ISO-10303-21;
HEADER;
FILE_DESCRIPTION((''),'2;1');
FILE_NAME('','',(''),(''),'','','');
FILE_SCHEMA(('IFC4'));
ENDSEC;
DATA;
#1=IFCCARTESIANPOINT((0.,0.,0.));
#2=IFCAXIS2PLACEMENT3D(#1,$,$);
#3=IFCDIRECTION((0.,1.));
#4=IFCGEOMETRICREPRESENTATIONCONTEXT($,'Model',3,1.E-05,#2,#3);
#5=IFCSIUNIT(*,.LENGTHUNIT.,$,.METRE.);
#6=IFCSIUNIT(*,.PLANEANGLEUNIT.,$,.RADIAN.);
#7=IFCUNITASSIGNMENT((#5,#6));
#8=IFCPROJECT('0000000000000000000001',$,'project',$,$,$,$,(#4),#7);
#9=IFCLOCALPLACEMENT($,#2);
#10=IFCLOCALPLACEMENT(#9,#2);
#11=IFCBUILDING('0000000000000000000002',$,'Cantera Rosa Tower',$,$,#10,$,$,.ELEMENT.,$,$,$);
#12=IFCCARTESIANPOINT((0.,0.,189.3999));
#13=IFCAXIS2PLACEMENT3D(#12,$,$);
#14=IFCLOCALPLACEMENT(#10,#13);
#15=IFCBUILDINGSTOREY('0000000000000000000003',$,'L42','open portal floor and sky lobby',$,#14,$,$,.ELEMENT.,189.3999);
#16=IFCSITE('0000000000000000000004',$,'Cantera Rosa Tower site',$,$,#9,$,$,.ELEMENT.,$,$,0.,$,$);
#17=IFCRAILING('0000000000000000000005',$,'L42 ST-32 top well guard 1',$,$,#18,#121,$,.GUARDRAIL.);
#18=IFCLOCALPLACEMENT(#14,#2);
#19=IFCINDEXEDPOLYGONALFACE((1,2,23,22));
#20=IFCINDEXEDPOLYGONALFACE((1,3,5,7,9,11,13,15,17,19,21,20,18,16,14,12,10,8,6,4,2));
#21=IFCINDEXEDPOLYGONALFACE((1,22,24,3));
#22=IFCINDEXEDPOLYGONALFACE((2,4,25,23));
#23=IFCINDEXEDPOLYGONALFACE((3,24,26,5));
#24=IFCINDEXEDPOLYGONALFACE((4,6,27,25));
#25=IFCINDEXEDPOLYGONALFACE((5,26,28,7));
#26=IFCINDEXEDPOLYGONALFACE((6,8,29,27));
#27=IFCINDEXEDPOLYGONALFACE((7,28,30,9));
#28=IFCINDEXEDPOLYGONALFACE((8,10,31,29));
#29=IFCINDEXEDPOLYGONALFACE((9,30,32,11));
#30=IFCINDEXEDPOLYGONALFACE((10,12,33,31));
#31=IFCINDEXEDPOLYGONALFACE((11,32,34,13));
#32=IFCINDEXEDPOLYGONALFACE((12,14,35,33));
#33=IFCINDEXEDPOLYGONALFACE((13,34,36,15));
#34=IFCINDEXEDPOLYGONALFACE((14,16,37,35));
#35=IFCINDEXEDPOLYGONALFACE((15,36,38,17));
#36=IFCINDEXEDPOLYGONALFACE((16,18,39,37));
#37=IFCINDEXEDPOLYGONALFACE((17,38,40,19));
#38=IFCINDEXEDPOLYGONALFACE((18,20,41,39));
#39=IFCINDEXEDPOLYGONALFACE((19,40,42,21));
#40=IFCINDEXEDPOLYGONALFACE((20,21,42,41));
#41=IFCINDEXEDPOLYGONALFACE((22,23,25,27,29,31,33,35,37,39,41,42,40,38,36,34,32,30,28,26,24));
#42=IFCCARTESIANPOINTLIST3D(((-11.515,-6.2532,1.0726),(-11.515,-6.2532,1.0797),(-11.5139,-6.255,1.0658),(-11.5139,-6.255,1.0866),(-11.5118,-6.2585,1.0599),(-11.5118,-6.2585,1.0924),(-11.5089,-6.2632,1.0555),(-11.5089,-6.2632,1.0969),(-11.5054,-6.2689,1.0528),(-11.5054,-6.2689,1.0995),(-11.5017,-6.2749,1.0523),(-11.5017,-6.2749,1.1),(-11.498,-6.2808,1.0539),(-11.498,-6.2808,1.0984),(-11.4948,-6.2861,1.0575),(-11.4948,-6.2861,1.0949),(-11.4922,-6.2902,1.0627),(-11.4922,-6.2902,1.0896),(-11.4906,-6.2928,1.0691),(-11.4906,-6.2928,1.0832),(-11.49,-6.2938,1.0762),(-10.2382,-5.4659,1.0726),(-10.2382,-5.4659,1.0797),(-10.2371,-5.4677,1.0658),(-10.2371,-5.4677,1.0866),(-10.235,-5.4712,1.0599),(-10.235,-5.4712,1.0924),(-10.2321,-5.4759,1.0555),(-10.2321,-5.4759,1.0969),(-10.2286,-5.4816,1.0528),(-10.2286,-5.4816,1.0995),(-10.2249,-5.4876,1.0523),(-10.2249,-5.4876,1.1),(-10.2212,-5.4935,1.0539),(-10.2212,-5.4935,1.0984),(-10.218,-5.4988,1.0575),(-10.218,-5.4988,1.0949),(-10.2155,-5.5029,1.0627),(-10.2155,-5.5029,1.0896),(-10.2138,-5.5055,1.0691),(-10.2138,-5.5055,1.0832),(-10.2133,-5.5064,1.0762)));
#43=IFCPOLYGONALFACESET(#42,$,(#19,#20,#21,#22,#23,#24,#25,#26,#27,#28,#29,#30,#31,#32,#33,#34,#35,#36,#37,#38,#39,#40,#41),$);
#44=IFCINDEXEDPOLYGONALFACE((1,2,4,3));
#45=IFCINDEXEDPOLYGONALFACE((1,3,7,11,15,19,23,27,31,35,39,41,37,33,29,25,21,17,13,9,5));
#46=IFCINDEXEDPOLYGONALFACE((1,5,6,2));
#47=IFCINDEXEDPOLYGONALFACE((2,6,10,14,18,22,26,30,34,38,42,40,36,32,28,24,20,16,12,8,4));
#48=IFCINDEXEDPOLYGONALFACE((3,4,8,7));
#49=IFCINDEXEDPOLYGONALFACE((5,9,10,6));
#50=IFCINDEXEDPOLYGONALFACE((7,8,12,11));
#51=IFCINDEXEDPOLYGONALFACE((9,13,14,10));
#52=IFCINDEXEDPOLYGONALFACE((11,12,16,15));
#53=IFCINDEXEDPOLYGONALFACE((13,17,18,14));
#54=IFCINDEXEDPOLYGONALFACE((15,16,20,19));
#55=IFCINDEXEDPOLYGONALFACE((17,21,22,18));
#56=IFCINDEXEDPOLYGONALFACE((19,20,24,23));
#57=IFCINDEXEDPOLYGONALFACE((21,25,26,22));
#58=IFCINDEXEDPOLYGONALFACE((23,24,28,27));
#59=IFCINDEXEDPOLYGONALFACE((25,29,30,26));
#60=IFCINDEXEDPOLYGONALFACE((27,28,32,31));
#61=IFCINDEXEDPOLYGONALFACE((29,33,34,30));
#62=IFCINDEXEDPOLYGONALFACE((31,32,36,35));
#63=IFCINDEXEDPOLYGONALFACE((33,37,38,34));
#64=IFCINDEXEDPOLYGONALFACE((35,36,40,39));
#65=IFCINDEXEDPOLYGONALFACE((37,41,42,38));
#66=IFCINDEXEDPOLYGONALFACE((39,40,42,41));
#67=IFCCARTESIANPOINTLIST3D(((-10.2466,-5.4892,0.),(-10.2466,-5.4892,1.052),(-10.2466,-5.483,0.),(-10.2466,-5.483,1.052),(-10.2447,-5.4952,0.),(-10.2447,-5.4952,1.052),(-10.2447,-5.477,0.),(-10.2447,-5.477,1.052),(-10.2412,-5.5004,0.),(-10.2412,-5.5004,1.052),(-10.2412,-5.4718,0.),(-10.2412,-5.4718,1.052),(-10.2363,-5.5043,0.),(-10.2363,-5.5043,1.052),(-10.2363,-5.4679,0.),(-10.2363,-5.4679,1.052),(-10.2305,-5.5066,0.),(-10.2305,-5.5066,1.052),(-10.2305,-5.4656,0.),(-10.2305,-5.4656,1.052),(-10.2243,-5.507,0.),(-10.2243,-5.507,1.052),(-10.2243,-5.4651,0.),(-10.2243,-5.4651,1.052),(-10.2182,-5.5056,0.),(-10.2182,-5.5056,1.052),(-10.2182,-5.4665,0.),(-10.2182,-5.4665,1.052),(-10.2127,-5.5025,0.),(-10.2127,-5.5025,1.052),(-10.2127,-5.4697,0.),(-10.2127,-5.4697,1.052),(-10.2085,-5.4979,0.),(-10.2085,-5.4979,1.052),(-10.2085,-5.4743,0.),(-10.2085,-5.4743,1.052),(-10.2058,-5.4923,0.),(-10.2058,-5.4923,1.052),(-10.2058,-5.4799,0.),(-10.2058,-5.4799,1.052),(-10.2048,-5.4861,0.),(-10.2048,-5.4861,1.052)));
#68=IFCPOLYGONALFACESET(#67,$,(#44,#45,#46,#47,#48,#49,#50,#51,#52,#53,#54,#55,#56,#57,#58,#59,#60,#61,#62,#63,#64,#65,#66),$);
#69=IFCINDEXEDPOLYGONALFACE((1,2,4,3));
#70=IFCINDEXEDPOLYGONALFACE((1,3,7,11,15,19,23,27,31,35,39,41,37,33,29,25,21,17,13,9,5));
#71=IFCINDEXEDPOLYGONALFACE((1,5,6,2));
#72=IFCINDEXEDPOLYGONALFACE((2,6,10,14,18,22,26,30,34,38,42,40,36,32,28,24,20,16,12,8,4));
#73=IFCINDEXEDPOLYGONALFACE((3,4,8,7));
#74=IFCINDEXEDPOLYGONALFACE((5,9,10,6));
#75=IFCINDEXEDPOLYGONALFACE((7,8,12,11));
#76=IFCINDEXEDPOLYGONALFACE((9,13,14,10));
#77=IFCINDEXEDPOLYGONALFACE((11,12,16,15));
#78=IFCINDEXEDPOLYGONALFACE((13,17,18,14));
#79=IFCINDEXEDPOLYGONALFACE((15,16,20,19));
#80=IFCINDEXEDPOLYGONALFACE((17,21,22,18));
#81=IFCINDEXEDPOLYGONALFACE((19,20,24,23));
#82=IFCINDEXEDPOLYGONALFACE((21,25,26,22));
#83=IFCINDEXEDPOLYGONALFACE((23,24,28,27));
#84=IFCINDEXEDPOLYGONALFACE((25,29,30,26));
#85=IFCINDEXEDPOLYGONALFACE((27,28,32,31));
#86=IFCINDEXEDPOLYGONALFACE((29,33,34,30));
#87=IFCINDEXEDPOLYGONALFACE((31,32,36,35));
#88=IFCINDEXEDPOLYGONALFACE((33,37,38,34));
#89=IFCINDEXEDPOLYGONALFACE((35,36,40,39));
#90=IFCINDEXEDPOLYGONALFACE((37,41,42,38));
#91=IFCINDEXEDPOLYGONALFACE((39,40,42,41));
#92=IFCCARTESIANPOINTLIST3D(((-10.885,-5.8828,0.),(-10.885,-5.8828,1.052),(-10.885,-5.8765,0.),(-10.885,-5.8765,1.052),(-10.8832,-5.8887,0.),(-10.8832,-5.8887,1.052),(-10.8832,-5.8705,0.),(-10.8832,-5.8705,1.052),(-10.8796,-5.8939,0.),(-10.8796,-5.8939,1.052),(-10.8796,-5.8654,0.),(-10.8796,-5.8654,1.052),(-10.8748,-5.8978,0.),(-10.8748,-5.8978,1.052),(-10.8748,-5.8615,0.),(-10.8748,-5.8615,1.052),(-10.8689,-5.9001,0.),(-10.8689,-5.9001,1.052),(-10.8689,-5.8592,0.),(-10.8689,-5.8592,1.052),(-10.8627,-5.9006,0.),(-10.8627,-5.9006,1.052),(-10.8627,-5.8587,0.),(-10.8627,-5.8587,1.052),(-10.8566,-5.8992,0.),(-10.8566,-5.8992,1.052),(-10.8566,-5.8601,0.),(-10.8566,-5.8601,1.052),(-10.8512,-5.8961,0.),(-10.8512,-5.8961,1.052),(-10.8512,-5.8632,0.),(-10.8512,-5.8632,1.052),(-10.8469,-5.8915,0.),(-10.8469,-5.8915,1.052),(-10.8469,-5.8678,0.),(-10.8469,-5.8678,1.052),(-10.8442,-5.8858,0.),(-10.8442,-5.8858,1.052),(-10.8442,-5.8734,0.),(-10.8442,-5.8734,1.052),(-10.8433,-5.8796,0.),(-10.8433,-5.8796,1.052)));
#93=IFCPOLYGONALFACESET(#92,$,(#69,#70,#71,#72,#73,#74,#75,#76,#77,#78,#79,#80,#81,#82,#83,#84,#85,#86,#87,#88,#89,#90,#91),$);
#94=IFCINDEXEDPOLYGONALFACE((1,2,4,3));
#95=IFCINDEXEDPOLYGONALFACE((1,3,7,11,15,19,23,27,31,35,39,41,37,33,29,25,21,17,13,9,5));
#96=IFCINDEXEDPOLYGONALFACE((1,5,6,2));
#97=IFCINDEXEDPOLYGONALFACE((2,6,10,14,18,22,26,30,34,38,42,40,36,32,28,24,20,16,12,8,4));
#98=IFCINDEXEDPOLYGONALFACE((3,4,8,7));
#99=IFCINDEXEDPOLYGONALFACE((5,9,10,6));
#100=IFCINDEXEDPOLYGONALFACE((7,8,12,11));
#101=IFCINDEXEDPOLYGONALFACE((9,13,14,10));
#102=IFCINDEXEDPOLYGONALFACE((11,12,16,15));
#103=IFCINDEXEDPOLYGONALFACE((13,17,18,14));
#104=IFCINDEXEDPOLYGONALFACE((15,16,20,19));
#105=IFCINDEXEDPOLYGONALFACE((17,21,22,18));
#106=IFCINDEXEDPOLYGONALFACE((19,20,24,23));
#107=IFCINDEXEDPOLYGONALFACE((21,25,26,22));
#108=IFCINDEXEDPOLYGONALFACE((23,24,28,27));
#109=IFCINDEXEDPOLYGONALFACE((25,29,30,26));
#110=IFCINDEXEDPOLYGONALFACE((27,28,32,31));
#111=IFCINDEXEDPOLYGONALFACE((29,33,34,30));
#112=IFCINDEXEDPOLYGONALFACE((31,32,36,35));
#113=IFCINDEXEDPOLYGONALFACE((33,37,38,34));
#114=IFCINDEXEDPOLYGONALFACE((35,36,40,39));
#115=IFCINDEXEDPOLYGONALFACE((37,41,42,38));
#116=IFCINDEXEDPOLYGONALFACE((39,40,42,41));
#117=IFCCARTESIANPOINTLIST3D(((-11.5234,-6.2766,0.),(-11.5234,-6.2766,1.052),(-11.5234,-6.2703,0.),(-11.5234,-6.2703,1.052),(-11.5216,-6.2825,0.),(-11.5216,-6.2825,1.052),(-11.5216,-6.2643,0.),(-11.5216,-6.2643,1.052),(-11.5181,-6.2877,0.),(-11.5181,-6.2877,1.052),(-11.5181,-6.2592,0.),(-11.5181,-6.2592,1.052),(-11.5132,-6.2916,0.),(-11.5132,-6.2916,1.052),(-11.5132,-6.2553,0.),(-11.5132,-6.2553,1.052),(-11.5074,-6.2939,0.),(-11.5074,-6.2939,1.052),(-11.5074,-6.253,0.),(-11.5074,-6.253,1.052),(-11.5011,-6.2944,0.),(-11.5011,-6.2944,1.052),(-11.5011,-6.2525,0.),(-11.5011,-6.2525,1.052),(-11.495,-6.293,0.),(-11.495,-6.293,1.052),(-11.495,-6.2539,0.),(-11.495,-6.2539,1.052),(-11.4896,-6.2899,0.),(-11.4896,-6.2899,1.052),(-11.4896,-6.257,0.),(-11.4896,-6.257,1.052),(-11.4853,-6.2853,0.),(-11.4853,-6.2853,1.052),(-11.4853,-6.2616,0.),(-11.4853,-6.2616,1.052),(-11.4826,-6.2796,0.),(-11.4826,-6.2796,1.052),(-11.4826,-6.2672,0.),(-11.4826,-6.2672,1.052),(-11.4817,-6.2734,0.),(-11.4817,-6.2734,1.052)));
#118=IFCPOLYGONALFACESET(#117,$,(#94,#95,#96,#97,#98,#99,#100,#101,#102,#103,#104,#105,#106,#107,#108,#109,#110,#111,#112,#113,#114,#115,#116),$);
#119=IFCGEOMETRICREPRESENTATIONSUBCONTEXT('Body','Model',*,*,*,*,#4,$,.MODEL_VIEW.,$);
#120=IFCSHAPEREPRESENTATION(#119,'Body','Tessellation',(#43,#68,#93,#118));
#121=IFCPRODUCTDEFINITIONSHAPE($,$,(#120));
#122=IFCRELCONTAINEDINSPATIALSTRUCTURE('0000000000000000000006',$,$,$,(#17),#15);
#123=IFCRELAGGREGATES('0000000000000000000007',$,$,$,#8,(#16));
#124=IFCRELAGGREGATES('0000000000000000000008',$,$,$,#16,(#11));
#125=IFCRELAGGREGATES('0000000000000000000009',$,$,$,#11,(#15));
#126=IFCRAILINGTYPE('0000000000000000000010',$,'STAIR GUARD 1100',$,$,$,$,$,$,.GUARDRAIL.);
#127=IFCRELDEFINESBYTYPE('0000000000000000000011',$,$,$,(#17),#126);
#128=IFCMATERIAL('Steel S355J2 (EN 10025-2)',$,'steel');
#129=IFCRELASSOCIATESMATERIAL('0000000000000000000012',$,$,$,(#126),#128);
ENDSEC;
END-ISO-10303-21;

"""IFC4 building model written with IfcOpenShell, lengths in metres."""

from ifc_helpers import new_model, si_unit, direction, frame, origin, origin_2d, place, context, subcontext, project, spatial, circle, extrude, material, type_object, element, save


model = new_model("IFC4")

# Units and contexts
model_context = context("Model", 3, precision=1e-05, world=origin(), true_north=direction((0.0, 1.0)))
body_context = subcontext(model_context, "Body", "Model", "MODEL_VIEW")
ifc_project = project(units=[si_unit("LENGTHUNIT", "METRE"), si_unit("PLANEANGLEUNIT", "RADIAN")], contexts=[model_context])

# Site, building, storey
site_placement = place(None, origin())
site = spatial("IfcSite", under=ifc_project, at=site_placement, Name="Cantera Rosa Tower site", CompositionType="ELEMENT", RefElevation=0.0)
building_placement = place(site_placement, origin())
building = spatial("IfcBuilding", under=site, at=building_placement, Name="Cantera Rosa Tower", CompositionType="ELEMENT")
storey_placement = place(building_placement, frame((0.0, 0.0, 189.3999)))
storey = spatial("IfcBuildingStorey", under=building, at=storey_placement, Name="L42", Description="open portal floor and sky lobby", CompositionType="ELEMENT", Elevation=189.3999)

# Railing
ifc_material_1 = material(Name="Steel S355J2 (EN 10025-2)", Category="steel")
railing_type_1 = type_object("IfcRailingType", Name="STAIR GUARD 1100", PredefinedType="GUARDRAIL", material=ifc_material_1)
railing_1_placement = place(storey_placement, frame((-10.2258, -5.4861, 0.0)))
element("IfcRailing", 1, at=railing_1_placement, inside=storey, type_object=railing_type_1, Name="L42 ST-32 top well guard 1", PredefinedType="GUARDRAIL", context=body_context, shape_type="SweptSolid", body=[
    extrude(circle(Radius=0.0239, at=origin_2d()), frame((0.0, 0.0, 1.0762), z_axis=(-0.851183, -0.524869, 0.0), x_axis=(0.524869, -0.851183, 0.0)), (0.0, 0.0, 1.0), 1.5),
    extrude(circle(Radius=0.021, at=origin_2d()), origin(), (0.0, 0.0, 1.0), 1.052),
    extrude(circle(Radius=0.021, at=origin_2d()), frame((-0.6384, -0.3936, 0.0)), (0.0, 0.0, 1.0), 1.052),
    extrude(circle(Radius=0.021, at=origin_2d()), frame((-1.2769, -0.7874, 0.0)), (0.0, 0.0, 1.0), 1.052),
])

save(model, "model.ifc")
